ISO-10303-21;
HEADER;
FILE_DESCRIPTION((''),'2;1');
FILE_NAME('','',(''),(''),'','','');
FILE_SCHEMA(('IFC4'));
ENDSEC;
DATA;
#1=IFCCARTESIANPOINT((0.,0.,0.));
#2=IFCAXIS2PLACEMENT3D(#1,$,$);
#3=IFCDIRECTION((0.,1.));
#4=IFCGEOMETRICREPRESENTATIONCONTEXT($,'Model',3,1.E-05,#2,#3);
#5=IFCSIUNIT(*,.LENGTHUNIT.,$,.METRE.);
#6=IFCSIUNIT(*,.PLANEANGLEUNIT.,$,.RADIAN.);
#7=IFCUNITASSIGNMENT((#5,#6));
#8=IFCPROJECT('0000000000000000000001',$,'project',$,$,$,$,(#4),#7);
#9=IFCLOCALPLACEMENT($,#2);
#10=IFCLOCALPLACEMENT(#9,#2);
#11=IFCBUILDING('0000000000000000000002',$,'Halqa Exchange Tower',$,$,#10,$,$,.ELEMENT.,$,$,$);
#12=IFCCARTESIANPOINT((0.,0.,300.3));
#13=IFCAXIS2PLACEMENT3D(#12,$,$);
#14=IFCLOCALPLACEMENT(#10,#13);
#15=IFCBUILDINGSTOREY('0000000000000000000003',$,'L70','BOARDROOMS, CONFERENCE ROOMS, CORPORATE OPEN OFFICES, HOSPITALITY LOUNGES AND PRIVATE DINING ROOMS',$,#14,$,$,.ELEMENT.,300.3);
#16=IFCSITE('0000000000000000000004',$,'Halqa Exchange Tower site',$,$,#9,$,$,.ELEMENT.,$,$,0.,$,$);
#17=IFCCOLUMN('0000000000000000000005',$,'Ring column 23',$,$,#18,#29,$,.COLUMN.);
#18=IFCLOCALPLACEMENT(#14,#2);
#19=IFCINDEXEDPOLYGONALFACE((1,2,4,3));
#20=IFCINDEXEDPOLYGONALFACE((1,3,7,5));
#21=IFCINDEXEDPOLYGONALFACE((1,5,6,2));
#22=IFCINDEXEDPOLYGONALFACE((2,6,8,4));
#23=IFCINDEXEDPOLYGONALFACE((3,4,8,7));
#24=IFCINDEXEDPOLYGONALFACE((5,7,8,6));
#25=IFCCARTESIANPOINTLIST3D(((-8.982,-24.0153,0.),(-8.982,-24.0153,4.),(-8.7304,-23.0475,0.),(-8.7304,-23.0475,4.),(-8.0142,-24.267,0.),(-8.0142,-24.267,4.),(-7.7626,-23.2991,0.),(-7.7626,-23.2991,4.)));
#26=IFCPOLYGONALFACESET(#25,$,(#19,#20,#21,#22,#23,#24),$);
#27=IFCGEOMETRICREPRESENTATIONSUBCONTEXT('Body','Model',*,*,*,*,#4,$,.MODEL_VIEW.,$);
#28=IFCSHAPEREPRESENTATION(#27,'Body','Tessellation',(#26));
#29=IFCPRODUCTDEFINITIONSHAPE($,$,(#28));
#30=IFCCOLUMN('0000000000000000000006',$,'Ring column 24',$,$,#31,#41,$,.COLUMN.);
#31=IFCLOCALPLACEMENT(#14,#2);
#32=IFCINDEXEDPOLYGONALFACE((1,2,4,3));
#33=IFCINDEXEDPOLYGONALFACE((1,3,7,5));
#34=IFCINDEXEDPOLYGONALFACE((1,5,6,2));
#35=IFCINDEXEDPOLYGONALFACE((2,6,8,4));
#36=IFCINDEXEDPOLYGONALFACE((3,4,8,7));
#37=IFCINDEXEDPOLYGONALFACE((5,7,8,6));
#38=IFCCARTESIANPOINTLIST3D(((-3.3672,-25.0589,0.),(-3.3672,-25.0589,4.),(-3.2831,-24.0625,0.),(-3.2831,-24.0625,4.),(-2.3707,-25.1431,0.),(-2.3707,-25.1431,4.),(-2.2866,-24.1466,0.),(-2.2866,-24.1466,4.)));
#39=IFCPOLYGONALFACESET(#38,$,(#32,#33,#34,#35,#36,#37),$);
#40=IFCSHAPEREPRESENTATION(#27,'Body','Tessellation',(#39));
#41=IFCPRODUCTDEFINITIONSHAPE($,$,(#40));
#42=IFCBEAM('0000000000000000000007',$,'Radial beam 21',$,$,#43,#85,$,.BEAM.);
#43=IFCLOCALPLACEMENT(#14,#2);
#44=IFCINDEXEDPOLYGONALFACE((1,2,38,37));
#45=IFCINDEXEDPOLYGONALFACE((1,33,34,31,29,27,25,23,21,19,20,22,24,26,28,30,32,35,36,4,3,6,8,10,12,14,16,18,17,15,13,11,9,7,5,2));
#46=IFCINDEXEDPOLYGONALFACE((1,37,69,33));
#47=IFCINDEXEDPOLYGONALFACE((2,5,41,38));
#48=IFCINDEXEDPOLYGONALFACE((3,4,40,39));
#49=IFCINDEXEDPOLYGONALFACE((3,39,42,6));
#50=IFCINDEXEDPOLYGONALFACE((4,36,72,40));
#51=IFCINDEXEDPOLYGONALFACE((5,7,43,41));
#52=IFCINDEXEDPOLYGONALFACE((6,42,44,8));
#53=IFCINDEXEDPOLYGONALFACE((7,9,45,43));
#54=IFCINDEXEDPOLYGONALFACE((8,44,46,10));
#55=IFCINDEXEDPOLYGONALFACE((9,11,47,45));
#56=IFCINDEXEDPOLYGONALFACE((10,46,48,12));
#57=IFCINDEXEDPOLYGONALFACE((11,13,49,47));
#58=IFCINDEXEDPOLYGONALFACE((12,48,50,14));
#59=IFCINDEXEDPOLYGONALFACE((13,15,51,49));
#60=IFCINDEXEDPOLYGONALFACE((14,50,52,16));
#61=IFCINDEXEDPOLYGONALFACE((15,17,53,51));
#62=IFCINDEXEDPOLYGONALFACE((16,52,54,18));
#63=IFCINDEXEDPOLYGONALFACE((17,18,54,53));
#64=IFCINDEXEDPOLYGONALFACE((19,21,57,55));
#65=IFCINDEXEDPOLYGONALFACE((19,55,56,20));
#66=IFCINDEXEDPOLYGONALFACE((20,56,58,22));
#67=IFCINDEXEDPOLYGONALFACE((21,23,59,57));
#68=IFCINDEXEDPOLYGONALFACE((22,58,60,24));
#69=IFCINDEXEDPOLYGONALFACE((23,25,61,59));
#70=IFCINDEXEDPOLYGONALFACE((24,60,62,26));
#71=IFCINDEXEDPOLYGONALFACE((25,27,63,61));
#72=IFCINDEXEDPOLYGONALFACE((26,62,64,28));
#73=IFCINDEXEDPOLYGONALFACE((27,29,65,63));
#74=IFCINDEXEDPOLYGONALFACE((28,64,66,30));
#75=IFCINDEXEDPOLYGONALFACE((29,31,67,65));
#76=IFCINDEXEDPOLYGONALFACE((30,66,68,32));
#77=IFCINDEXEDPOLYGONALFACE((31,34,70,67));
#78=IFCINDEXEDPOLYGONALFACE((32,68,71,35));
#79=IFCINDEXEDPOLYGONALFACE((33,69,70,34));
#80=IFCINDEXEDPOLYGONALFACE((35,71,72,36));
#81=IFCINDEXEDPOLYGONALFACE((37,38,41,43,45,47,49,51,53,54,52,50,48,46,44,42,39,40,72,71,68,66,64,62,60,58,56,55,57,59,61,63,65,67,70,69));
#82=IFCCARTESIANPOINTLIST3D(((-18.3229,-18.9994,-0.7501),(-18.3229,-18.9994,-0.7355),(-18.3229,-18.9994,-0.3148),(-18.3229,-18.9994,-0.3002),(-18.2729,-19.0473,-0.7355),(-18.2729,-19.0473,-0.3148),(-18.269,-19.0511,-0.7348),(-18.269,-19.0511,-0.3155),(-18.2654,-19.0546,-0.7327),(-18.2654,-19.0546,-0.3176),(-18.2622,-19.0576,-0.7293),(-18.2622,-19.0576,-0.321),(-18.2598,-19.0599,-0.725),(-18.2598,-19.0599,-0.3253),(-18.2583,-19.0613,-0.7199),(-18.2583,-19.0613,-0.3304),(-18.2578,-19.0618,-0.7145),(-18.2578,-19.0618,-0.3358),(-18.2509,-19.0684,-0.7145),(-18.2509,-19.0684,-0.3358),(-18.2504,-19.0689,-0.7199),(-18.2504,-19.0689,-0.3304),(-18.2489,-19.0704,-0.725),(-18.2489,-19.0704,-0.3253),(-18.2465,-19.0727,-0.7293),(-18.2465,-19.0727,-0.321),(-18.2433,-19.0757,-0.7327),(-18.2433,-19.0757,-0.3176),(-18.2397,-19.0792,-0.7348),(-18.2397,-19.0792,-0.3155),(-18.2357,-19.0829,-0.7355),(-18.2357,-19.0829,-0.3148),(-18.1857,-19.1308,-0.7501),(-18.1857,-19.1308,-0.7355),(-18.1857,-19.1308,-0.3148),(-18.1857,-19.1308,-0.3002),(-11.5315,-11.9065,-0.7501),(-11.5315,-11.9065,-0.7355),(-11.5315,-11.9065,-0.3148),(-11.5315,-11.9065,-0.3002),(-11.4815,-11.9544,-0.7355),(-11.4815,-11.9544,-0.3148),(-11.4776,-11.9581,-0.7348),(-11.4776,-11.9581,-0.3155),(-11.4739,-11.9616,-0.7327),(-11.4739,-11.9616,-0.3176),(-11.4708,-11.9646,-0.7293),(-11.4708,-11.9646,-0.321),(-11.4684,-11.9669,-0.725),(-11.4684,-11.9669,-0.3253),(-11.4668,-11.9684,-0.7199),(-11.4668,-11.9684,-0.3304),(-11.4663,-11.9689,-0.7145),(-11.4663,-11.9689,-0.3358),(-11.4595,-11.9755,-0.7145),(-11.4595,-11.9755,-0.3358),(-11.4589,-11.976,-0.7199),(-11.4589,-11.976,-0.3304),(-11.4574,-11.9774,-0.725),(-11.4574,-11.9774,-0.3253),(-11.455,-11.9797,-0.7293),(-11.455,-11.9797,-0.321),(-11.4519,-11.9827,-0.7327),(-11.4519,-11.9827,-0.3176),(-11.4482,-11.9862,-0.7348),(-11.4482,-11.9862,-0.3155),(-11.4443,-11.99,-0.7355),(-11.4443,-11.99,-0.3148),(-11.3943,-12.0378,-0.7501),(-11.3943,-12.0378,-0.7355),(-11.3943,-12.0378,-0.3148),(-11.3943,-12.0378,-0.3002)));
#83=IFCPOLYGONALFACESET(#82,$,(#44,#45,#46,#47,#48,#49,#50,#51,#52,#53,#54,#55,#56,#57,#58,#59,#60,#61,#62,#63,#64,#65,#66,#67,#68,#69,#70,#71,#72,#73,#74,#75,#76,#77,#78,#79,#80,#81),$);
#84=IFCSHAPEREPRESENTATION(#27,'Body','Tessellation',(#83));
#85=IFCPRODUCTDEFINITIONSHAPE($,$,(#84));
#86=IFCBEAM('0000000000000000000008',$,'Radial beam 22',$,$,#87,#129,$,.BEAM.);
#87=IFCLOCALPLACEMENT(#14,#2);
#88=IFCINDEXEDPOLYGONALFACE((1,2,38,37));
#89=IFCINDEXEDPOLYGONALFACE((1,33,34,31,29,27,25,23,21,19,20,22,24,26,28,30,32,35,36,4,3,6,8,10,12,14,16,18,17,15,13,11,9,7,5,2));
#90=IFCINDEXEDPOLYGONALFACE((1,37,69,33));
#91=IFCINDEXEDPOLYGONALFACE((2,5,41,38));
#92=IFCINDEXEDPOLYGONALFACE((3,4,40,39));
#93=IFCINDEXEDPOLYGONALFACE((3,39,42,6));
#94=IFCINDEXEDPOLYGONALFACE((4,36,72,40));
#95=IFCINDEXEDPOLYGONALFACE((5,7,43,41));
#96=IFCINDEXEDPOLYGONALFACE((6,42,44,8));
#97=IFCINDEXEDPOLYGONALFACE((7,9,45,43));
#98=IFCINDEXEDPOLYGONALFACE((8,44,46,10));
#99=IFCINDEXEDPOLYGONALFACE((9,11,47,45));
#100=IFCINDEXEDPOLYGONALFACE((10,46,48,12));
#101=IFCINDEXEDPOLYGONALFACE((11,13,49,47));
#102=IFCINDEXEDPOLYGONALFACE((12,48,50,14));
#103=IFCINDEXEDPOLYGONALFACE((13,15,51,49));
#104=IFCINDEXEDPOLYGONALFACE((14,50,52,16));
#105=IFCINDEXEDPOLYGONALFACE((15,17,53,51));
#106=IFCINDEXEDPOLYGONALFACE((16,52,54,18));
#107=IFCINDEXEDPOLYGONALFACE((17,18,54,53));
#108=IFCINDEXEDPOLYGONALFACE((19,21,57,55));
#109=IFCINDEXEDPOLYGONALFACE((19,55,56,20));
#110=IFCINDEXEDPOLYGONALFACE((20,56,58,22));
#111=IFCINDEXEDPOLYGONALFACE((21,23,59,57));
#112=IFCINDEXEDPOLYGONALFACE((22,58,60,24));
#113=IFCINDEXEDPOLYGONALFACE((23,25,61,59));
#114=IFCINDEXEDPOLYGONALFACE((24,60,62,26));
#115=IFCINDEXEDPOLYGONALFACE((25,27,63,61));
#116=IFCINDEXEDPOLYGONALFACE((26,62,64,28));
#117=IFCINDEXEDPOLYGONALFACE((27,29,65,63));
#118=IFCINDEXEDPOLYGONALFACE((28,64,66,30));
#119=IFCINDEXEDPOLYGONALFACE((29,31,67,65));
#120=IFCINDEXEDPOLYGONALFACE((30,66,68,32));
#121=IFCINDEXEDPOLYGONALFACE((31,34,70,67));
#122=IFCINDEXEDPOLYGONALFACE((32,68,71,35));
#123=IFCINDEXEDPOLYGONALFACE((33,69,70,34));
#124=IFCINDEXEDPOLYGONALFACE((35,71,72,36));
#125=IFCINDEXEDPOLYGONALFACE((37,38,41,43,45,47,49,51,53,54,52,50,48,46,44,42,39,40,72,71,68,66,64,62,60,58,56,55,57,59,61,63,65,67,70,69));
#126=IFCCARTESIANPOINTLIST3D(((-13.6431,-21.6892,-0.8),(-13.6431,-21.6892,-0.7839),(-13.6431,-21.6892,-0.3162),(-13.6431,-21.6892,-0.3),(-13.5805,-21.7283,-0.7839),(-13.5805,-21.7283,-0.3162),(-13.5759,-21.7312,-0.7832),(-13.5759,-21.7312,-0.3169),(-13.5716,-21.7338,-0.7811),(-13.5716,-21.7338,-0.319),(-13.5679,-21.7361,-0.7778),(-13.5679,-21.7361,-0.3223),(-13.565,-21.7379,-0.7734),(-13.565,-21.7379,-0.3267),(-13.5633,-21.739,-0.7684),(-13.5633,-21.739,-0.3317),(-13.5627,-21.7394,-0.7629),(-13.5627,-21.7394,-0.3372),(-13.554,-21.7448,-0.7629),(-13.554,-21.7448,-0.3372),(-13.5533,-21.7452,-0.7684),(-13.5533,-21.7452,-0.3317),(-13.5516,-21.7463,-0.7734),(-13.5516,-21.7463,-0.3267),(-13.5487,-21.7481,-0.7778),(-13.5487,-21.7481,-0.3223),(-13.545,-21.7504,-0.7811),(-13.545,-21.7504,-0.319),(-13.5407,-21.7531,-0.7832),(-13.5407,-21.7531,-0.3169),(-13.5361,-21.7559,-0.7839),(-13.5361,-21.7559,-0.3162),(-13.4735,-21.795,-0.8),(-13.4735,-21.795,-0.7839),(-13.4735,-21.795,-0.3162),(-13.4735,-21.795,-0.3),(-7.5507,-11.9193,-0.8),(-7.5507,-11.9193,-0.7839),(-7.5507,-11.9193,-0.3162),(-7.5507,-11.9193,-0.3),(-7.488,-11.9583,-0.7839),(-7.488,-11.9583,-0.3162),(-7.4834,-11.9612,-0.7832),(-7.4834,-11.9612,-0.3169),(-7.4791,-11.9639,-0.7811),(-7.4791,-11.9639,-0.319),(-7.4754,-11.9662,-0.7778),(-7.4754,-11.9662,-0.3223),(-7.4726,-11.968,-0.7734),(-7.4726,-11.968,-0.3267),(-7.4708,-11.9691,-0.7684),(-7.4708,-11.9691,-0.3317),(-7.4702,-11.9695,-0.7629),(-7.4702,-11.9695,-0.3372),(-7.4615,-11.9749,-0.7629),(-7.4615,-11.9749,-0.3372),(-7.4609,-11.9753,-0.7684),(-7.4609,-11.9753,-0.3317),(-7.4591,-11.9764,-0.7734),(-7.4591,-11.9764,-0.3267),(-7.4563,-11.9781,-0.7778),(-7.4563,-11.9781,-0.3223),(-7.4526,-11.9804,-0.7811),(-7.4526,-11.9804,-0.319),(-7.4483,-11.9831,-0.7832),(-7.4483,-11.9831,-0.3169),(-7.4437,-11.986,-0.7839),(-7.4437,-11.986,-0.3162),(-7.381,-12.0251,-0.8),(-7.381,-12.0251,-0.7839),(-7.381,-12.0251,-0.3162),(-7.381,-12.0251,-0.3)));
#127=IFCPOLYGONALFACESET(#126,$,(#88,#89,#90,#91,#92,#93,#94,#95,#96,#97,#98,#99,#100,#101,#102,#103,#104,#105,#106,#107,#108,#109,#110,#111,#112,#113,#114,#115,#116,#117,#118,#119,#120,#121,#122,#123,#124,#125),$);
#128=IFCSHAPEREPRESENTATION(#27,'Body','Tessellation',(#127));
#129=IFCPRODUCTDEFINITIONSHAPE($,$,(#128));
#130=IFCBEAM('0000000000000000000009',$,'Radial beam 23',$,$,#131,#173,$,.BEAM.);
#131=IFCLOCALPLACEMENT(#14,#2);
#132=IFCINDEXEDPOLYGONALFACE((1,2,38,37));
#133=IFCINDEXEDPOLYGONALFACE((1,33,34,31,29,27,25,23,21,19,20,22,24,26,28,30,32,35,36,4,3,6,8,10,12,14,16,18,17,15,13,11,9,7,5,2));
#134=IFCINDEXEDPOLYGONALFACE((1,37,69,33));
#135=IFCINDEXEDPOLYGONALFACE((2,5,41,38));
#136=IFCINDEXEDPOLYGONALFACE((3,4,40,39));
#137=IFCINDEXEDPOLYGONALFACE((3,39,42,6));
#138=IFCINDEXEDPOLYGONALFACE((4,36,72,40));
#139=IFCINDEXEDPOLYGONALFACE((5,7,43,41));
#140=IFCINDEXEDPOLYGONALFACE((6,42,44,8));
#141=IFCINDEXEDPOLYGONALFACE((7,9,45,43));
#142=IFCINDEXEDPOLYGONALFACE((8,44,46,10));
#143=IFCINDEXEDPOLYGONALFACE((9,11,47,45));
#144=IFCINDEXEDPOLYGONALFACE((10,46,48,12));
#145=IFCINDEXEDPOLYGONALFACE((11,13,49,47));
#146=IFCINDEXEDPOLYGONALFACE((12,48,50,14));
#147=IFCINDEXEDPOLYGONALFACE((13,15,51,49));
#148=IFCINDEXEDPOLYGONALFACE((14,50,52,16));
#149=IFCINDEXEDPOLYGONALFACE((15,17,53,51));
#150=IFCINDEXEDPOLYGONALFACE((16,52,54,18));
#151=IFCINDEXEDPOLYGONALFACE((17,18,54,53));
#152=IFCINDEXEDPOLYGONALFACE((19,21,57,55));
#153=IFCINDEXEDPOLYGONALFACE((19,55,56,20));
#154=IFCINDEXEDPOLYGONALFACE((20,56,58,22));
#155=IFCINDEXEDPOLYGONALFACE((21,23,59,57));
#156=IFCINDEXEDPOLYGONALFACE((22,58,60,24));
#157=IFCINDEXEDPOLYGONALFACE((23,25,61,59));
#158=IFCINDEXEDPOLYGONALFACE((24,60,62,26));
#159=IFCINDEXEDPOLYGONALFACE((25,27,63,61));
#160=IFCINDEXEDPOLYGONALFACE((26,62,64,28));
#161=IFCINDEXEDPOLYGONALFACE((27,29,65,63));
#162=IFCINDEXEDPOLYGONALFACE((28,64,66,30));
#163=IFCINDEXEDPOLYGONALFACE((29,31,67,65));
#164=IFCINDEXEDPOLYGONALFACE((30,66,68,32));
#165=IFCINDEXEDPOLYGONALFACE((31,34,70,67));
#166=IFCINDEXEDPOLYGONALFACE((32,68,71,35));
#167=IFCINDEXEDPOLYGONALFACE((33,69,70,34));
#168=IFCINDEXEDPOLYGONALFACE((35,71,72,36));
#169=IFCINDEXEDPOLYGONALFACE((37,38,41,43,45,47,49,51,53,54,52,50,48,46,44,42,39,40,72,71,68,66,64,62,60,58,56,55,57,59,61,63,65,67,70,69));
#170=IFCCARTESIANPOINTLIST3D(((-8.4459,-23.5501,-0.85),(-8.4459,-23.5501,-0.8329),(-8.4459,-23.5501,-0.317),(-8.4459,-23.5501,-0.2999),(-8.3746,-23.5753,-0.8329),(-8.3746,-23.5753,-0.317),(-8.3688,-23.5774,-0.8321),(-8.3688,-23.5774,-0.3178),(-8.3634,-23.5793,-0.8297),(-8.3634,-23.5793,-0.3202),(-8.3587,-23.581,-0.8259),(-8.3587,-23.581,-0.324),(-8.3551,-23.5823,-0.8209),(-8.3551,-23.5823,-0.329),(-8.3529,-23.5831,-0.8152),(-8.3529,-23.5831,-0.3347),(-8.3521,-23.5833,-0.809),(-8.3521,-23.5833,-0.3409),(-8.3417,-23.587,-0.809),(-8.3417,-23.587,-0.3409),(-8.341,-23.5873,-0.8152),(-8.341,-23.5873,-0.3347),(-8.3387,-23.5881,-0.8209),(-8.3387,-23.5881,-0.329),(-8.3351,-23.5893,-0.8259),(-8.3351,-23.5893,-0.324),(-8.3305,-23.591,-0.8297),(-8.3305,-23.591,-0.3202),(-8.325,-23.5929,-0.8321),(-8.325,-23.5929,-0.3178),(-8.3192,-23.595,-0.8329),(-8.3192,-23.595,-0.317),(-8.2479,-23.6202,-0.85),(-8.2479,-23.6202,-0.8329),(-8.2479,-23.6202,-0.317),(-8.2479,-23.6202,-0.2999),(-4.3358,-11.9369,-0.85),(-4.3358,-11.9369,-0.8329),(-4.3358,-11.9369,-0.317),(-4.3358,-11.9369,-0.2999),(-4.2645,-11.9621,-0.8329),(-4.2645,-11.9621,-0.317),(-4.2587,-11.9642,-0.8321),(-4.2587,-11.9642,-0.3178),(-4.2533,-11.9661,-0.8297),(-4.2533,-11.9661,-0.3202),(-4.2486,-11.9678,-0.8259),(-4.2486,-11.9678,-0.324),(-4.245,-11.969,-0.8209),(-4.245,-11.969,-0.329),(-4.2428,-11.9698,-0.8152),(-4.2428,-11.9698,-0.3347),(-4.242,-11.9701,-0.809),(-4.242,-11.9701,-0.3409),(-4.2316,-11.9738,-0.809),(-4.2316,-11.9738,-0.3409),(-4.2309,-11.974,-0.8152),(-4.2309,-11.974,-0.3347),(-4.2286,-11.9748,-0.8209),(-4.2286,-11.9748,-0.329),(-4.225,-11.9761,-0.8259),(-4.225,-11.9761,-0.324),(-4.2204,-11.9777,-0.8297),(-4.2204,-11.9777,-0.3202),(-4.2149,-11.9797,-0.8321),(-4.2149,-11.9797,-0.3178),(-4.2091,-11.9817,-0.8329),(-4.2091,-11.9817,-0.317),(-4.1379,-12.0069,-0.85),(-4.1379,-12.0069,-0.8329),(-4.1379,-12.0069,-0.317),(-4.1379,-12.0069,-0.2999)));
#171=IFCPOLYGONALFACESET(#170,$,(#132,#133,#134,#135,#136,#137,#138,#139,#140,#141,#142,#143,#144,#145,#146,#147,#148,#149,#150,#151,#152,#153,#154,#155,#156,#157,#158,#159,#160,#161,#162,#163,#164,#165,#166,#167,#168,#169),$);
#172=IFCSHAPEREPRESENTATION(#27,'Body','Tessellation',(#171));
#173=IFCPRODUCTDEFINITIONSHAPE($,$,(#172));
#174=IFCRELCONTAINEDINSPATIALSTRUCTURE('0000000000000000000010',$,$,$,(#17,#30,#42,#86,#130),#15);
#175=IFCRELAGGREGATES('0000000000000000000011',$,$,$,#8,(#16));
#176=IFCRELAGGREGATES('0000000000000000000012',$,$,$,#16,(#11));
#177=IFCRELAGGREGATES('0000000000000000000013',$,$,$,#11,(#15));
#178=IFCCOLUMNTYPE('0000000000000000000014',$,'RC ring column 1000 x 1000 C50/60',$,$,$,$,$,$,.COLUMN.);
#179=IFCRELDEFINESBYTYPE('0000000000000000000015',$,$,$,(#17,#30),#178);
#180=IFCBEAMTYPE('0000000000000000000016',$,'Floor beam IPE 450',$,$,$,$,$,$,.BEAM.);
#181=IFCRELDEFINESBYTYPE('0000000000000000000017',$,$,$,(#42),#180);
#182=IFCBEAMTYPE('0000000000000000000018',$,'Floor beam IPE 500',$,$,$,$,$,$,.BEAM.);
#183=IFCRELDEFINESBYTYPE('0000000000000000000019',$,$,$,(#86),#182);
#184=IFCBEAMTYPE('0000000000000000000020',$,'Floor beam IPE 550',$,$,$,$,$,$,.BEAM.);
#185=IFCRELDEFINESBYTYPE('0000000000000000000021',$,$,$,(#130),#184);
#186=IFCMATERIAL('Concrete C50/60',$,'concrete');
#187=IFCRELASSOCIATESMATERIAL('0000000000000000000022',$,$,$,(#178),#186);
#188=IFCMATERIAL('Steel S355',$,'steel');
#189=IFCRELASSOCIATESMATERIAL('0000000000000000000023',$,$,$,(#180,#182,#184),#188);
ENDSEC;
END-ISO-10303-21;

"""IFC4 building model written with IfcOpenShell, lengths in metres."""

from ifc_helpers import new_model, si_unit, direction, frame, origin, origin_2d, place, context, subcontext, project, spatial, rectangle, i_section, extrude, material, material_profile, profile_set, type_object, element, save


model = new_model("IFC4")

# Units and contexts
model_context = context("Model", 3, precision=1e-05, world=origin(), true_north=direction((0.0, 1.0)))
body_context = subcontext(model_context, "Body", "Model", "MODEL_VIEW")
ifc_project = project(units=[si_unit("LENGTHUNIT", "METRE"), si_unit("PLANEANGLEUNIT", "RADIAN")], contexts=[model_context])

# Site, building, storey
site_placement = place(None, origin())
site = spatial("IfcSite", under=ifc_project, at=site_placement, Name="Halqa Exchange Tower site", CompositionType="ELEMENT", RefElevation=0.0)
building_placement = place(site_placement, origin())
building = spatial("IfcBuilding", under=site, at=building_placement, Name="Halqa Exchange Tower", CompositionType="ELEMENT")
storey_placement = place(building_placement, frame((0.0, 0.0, 300.3)))
storey = spatial("IfcBuildingStorey", under=building, at=storey_placement, Name="L70", Description="BOARDROOMS, CONFERENCE ROOMS, CORPORATE OPEN OFFICES, HOSPITALITY LOUNGES AND PRIVATE DINING ROOMS", CompositionType="ELEMENT", Elevation=300.3)

# Columns
ifc_material_1 = material(Name="Concrete C50/60", Category="concrete")
ifc_material_profile_1 = material_profile(ifc_material_1, rectangle(XDim=1.0, YDim=1.0, at=origin_2d()), Name="1000 x 1000")
ifc_profile_set_1 = profile_set([ifc_material_profile_1], Name="Concrete C50/60")
column_type = type_object("IfcColumnType", Name="RC ring column 1000 x 1000 C50/60", PredefinedType="COLUMN", material=ifc_profile_set_1)
for number, where, z_axis, x_axis, name in (
    (1, (-8.3723, -23.6572, 0.0), (0.0, 0.0, 1.0), (0.96782, -0.251645, 0.0), "Ring column 23"),
    (2, (-2.8269, -24.6028, 0.0), (0.0, 0.0, 1.0), (0.996455, -0.084125, 0.0), "Ring column 24"),
):
    element("IfcColumn", number, at=place(storey_placement, frame(where, z_axis=z_axis, x_axis=x_axis)), inside=storey, type_object=column_type, Name=name, PredefinedType="COLUMN", context=body_context, shape_type="SweptSolid", body=[
        extrude(rectangle(XDim=1.0, YDim=1.0, at=origin_2d()), origin(), (0.0, 0.0, 1.0), 4.0),
    ])

# Beams
ifc_material_2 = material(Name="Steel S355", Category="steel")
ifc_material_profile_2 = material_profile(ifc_material_2, i_section(OverallWidth=0.1899, OverallDepth=0.45, WebThickness=0.0095, FlangeThickness=0.0146, FilletRadius=0.021, at=origin_2d()), Name="IPE 450")
ifc_profile_set_2 = profile_set([ifc_material_profile_2], Name="Steel S355")
beam_type_1 = type_object("IfcBeamType", Name="Floor beam IPE 450", PredefinedType="BEAM", material=ifc_profile_set_2)
beam_1_placement = place(storey_placement, frame((-11.4629, -11.9722, -0.5251), z_axis=(-0.691588, -0.722292, 0.0), x_axis=(0.722292, -0.691588, 0.0)))
element("IfcBeam", 3, at=beam_1_placement, inside=storey, type_object=beam_type_1, Name="Radial beam 21", PredefinedType="BEAM", context=body_context, shape_type="SweptSolid", body=[
    extrude(i_section(OverallWidth=0.1899, OverallDepth=0.45, WebThickness=0.0095, FlangeThickness=0.0146, FilletRadius=0.021, at=origin_2d()), origin(), (0.0, 0.0, 1.0), 9.8201),
])
ifc_material_profile_3 = material_profile(ifc_material_2, i_section(OverallWidth=0.2, OverallDepth=0.5, WebThickness=0.0103, FlangeThickness=0.0161, FilletRadius=0.021, at=origin_2d()), Name="IPE 500")
ifc_profile_set_3 = profile_set([ifc_material_profile_3], Name="Steel S355")
beam_type_2 = type_object("IfcBeamType", Name="Floor beam IPE 500", PredefinedType="BEAM", material=ifc_profile_set_3)
beam_2_placement = place(storey_placement, frame((-7.4658, -11.9722, -0.55), z_axis=(-0.529141, -0.848534, 0.0), x_axis=(0.848534, -0.529141, 0.0)))
element("IfcBeam", 4, at=beam_2_placement, inside=storey, type_object=beam_type_2, Name="Radial beam 22", PredefinedType="BEAM", context=body_context, shape_type="SweptSolid", body=[
    extrude(i_section(OverallWidth=0.2, OverallDepth=0.5, WebThickness=0.0103, FlangeThickness=0.0161, FilletRadius=0.021, at=origin_2d()), origin(), (0.0, 0.0, 1.0), 11.5139),
])
ifc_material_profile_4 = material_profile(ifc_material_2, i_section(OverallWidth=0.21, OverallDepth=0.55, WebThickness=0.011, FlangeThickness=0.0171, FilletRadius=0.0239, at=origin_2d()), Name="IPE 550")
ifc_profile_set_4 = profile_set([ifc_material_profile_4], Name="Steel S355")
beam_type_3 = type_object("IfcBeamType", Name="Floor beam IPE 550", PredefinedType="BEAM", material=ifc_profile_set_4)
beam_3_placement = place(storey_placement, frame((-4.2368, -11.9719, -0.575), z_axis=(-0.333636, -0.942702, 0.0), x_axis=(0.942702, -0.333636, 0.0)))
element("IfcBeam", 5, at=beam_3_placement, inside=storey, type_object=beam_type_3, Name="Radial beam 23", PredefinedType="BEAM", context=body_context, shape_type="SweptSolid", body=[
    extrude(i_section(OverallWidth=0.21, OverallDepth=0.55, WebThickness=0.011, FlangeThickness=0.0171, FilletRadius=0.0239, at=origin_2d()), origin(), (0.0, 0.0, 1.0), 12.3191),
])

save(model, "model.ifc")
